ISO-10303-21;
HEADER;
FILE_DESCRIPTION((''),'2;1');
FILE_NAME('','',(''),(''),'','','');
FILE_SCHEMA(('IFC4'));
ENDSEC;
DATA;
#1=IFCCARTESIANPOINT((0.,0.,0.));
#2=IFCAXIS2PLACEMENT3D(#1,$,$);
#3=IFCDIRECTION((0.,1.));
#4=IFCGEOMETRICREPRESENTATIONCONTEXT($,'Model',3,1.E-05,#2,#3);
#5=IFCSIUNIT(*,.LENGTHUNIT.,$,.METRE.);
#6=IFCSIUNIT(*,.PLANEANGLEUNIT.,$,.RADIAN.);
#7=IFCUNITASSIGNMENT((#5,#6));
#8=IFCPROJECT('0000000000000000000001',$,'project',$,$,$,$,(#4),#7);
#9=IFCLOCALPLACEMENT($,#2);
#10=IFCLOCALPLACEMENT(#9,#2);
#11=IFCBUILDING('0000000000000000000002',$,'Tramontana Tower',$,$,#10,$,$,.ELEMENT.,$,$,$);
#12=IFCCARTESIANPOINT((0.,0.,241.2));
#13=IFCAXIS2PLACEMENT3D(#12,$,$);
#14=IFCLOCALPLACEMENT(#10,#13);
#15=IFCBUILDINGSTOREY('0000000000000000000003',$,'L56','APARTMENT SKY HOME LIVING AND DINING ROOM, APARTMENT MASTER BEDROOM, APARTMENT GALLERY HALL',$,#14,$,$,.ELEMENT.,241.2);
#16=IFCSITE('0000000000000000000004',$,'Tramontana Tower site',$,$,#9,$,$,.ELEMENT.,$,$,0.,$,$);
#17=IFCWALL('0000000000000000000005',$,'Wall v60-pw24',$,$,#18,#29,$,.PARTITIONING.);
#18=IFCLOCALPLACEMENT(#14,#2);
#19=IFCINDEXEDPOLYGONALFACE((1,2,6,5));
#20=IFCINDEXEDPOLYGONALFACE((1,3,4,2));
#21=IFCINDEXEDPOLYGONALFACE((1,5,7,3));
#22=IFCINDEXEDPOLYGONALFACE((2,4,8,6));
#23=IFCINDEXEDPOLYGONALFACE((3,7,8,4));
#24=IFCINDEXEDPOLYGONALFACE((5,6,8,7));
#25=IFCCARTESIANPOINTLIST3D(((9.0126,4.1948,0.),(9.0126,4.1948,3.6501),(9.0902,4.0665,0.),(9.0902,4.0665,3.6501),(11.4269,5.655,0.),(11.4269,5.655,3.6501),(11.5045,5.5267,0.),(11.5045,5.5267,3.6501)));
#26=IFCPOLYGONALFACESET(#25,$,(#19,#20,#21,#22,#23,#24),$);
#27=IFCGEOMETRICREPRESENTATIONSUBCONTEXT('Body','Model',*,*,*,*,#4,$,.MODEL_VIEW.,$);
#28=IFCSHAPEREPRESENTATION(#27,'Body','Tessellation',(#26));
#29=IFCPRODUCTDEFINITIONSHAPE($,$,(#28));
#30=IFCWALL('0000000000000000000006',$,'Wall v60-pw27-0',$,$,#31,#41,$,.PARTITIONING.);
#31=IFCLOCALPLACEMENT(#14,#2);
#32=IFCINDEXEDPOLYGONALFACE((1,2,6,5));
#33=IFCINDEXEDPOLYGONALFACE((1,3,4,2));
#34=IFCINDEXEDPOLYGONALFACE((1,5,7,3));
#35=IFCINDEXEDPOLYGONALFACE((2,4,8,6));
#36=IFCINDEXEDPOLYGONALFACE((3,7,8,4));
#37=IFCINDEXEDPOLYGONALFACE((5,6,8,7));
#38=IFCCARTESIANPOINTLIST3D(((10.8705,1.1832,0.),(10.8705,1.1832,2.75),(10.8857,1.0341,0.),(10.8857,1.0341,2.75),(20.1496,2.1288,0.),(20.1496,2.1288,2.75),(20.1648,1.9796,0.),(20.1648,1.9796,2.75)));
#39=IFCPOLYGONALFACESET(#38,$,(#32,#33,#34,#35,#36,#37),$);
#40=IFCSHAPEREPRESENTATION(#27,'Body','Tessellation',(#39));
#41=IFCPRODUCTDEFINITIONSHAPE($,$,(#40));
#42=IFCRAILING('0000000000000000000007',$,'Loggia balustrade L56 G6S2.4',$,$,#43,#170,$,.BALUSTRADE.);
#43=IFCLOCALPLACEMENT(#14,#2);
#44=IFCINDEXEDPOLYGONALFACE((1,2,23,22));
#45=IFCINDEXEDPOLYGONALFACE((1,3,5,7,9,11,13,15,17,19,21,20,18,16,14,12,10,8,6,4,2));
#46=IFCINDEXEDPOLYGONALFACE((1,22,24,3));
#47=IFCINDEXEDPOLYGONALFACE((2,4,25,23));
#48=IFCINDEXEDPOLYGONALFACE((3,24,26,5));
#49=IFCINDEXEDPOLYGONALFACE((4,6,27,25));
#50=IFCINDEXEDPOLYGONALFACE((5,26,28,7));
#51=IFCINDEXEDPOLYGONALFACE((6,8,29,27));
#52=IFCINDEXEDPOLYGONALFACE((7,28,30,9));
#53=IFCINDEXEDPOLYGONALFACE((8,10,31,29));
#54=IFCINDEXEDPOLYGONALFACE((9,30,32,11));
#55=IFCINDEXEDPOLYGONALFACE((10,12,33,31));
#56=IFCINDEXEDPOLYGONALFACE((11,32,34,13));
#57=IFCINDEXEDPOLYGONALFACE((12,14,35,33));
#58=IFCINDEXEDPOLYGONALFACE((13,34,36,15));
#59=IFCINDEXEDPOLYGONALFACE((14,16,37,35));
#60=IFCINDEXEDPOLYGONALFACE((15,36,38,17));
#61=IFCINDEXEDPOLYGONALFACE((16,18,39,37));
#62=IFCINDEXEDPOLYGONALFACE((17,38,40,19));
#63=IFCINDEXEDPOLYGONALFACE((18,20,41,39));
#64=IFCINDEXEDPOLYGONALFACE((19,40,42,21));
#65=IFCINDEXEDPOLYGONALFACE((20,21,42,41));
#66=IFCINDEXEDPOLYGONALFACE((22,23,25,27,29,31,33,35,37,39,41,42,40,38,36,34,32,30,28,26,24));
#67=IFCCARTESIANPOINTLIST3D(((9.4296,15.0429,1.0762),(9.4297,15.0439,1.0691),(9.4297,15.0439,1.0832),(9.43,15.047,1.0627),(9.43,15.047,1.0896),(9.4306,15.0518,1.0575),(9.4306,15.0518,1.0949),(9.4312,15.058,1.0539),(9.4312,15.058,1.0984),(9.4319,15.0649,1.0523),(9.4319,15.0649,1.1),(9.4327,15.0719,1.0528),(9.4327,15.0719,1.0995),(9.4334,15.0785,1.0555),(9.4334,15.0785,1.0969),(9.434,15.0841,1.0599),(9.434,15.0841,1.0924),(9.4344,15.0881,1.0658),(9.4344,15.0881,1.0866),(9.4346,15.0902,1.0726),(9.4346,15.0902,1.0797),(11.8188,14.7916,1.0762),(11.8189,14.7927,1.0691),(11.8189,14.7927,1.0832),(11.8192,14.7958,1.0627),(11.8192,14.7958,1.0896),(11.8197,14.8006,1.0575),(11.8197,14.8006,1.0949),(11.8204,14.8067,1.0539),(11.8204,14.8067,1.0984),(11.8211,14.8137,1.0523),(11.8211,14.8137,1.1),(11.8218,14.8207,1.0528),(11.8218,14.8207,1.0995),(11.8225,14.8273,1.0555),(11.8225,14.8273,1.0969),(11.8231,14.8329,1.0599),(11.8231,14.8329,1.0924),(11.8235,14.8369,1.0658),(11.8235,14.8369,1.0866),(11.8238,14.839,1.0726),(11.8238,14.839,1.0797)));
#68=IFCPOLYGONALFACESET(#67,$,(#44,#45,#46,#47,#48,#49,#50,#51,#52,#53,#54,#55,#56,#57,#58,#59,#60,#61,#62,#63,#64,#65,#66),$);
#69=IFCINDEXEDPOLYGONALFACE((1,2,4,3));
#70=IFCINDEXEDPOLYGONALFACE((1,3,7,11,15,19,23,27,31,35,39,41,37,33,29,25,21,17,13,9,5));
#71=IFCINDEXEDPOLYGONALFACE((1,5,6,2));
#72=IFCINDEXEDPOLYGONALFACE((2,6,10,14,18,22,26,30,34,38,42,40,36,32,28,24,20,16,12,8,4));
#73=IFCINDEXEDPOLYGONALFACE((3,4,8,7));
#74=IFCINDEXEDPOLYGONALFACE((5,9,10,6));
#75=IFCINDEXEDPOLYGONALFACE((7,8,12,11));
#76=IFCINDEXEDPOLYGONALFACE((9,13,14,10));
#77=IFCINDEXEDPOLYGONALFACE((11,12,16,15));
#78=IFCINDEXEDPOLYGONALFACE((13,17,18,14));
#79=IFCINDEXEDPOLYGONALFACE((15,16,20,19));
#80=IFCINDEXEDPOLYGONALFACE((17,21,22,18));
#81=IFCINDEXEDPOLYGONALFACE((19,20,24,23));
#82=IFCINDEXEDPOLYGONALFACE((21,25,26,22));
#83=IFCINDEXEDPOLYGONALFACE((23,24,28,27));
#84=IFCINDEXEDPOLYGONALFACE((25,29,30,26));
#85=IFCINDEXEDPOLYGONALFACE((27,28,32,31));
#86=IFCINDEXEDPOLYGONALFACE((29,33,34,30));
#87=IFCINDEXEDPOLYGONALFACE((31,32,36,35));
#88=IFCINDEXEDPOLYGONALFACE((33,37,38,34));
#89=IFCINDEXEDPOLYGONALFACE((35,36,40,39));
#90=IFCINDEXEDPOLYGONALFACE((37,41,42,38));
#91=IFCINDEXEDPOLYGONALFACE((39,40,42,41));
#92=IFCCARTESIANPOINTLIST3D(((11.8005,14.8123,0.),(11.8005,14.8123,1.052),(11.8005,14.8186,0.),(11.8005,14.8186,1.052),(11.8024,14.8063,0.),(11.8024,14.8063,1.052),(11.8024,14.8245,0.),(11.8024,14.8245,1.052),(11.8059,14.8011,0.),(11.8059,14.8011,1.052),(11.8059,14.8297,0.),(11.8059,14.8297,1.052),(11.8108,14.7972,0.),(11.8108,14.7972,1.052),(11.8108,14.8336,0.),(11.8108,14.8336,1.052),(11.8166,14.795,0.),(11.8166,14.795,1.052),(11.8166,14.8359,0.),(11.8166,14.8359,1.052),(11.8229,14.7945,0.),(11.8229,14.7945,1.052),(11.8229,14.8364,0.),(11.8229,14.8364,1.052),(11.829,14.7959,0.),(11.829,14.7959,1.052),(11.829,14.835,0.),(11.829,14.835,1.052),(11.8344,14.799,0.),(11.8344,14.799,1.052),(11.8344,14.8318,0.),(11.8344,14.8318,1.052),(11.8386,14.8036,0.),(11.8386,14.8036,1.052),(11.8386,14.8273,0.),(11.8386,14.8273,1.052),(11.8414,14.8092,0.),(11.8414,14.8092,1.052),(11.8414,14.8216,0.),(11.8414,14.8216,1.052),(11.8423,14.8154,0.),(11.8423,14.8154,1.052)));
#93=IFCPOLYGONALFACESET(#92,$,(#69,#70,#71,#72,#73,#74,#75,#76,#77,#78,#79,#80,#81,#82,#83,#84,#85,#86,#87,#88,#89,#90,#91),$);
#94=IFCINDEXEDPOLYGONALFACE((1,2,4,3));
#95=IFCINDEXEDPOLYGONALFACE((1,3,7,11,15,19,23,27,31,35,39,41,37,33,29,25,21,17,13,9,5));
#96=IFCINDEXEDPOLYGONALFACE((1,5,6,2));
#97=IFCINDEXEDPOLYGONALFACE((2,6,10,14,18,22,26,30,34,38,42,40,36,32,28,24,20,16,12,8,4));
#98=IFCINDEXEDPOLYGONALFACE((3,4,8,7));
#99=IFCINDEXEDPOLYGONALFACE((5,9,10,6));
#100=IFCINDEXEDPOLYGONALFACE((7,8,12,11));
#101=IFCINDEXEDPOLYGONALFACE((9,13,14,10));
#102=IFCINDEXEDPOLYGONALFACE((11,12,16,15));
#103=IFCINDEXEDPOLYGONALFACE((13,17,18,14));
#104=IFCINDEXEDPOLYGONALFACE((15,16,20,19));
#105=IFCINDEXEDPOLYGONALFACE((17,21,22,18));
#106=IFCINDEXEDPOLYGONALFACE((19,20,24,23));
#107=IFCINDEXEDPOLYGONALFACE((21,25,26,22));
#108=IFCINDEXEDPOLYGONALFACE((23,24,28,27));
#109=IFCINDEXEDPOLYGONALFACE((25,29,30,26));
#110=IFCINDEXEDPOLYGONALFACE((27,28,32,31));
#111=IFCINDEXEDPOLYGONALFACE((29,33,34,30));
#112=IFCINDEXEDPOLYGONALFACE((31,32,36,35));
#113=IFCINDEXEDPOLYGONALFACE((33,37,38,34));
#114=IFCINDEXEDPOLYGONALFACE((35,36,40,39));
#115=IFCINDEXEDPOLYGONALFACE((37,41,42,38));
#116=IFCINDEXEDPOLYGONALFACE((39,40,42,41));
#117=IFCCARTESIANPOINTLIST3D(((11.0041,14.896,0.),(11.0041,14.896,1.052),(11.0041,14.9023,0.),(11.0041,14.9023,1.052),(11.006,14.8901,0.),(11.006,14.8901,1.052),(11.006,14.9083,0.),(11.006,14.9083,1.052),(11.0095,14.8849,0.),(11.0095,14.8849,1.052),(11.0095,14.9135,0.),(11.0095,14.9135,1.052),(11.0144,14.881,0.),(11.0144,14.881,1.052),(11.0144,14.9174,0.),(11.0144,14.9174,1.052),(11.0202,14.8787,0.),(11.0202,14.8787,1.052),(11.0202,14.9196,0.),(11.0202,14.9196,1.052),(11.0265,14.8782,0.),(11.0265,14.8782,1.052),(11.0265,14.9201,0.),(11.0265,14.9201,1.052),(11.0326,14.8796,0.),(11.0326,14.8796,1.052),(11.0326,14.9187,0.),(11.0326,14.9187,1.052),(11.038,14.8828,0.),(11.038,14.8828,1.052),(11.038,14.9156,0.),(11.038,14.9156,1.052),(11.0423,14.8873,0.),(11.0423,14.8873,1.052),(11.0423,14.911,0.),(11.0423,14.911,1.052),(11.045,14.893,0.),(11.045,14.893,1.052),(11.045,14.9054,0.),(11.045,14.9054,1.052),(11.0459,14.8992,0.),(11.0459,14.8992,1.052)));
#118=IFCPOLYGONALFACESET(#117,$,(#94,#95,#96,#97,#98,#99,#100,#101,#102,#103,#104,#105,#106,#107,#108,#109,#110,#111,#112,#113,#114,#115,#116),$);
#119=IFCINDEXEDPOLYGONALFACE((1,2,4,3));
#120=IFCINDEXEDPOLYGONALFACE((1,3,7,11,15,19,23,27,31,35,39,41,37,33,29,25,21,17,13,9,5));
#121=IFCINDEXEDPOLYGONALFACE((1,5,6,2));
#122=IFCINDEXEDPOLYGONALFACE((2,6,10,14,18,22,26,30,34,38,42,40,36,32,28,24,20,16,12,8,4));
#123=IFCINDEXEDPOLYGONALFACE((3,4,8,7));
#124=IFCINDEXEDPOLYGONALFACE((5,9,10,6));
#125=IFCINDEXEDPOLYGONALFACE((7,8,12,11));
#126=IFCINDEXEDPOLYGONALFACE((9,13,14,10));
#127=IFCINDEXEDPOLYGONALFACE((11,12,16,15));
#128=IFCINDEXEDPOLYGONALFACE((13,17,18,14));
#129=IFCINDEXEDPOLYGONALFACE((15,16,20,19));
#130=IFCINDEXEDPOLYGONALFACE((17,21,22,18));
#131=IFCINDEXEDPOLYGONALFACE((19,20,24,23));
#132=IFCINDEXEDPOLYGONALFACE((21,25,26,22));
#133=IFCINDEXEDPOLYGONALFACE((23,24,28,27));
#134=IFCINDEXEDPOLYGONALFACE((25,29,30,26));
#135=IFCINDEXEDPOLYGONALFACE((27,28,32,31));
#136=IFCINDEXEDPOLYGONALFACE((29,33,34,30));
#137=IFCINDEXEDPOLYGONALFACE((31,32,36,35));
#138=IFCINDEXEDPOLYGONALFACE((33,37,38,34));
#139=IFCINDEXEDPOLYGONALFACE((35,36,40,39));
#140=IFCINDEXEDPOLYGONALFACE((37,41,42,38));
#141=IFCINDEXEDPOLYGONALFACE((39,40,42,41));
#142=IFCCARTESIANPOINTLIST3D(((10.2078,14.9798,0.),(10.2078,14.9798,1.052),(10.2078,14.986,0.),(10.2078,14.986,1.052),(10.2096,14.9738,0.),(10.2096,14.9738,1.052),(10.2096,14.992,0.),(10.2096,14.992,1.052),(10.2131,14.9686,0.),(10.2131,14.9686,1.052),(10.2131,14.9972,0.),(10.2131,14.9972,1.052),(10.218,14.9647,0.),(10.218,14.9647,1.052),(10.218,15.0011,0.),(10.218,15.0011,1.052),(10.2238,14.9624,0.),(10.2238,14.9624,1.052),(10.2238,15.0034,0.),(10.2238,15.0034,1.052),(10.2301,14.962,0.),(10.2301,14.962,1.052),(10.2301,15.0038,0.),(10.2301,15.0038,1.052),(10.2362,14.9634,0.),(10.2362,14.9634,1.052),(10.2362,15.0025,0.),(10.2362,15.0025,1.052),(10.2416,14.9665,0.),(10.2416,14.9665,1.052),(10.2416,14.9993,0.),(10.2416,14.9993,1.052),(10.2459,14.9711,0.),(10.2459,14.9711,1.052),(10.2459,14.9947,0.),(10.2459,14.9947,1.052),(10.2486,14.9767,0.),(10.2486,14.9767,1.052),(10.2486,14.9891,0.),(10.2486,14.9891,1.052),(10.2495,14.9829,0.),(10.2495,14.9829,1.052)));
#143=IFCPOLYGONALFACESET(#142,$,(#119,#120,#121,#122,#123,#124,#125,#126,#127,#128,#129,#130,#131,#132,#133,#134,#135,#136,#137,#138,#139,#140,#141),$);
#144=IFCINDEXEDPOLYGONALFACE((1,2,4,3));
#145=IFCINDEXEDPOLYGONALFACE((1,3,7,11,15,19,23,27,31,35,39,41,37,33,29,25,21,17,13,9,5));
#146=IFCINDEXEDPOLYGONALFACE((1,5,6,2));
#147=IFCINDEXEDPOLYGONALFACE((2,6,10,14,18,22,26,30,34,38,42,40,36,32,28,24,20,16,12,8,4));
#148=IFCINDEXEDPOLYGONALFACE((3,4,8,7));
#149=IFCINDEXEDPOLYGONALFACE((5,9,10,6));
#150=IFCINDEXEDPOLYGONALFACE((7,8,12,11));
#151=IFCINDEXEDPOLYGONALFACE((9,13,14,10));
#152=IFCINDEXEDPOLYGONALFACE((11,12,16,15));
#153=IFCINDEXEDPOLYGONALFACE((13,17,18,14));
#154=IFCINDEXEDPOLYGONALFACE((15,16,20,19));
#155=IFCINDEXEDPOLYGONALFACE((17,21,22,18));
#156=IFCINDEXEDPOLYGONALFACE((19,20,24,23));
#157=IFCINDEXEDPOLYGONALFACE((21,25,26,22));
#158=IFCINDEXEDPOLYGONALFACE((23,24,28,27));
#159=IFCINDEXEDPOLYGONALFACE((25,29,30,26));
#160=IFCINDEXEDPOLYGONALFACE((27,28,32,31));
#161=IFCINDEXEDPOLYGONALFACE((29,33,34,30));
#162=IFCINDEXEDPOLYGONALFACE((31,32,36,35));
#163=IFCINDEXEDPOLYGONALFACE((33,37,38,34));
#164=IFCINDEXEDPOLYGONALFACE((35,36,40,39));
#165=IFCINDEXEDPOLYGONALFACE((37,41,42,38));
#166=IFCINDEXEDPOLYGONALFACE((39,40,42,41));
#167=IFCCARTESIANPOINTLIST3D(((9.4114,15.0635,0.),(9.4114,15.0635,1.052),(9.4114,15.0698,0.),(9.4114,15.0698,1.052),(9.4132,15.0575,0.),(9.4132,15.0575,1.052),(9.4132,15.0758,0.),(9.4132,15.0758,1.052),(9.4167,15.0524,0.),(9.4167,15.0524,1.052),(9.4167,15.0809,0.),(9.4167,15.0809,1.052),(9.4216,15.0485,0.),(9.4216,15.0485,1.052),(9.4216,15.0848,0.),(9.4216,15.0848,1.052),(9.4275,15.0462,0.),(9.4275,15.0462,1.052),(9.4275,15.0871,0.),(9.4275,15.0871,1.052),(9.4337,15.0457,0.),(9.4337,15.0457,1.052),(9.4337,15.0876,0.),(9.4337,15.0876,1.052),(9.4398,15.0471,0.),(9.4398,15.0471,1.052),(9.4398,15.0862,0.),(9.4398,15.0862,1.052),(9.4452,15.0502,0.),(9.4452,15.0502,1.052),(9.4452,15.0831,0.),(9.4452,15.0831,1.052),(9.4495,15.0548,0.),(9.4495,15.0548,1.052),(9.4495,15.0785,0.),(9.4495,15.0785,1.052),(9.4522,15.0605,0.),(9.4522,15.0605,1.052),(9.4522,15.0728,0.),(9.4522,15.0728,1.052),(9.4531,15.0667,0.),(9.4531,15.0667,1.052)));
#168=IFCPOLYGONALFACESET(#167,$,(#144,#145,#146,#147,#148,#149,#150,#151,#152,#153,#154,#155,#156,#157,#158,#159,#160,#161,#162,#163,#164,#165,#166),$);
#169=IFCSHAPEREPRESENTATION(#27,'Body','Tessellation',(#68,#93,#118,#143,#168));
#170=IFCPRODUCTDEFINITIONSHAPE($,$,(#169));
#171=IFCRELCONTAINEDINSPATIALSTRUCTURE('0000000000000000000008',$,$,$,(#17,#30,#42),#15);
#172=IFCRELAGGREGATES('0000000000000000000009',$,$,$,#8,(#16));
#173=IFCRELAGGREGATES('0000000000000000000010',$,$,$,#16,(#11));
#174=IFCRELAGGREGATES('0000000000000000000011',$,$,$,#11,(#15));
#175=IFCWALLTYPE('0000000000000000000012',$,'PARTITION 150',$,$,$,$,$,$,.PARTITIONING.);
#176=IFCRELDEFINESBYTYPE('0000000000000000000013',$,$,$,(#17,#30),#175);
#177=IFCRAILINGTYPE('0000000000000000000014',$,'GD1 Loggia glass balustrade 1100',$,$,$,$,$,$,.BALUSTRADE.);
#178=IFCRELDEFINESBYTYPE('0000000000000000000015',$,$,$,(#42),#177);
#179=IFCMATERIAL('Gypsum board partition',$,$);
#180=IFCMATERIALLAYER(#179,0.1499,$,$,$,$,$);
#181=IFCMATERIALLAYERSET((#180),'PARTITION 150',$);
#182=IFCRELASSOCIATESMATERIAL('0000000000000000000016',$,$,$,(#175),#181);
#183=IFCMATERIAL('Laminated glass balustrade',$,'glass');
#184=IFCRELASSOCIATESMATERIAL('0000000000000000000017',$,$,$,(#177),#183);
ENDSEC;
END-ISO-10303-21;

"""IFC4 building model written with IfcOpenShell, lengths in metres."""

from ifc_helpers import new_model, si_unit, direction, frame, frame_2d, origin, origin_2d, place, context, subcontext, project, spatial, rectangle, circle, extrude, material, layer, layer_set, type_object, element, save


model = new_model("IFC4")

# Units and contexts
model_context = context("Model", 3, precision=1e-05, world=origin(), true_north=direction((0.0, 1.0)))
body_context = subcontext(model_context, "Body", "Model", "MODEL_VIEW")
ifc_project = project(units=[si_unit("LENGTHUNIT", "METRE"), si_unit("PLANEANGLEUNIT", "RADIAN")], contexts=[model_context])

# Site, building, storey
site_placement = place(None, origin())
site = spatial("IfcSite", under=ifc_project, at=site_placement, Name="Tramontana Tower site", CompositionType="ELEMENT", RefElevation=0.0)
building_placement = place(site_placement, origin())
building = spatial("IfcBuilding", under=site, at=building_placement, Name="Tramontana Tower", CompositionType="ELEMENT")
storey_placement = place(building_placement, frame((0.0, 0.0, 241.2)))
storey = spatial("IfcBuildingStorey", under=building, at=storey_placement, Name="L56", Description="APARTMENT SKY HOME LIVING AND DINING ROOM, APARTMENT MASTER BEDROOM, APARTMENT GALLERY HALL", CompositionType="ELEMENT", Elevation=241.2)

# Shared definitions
ifc_material_1 = material(Name="Gypsum board partition")
ifc_layer_1 = layer(ifc_material_1, 0.1499)
ifc_layer_set_1 = layer_set([ifc_layer_1], Name="PARTITION 150")
wall_type_1 = type_object("IfcWallType", Name="PARTITION 150", PredefinedType="PARTITIONING", material=ifc_layer_set_1)

# Walls
wall_1_placement = place(storey_placement, frame((11.4656, 5.5908, 0.0), z_axis=(0.0, 0.0, 1.0), x_axis=(-0.855671, -0.517521, 0.0)))
element("IfcWall", 1, at=wall_1_placement, inside=storey, type_object=wall_type_1, Name="Wall v60-pw24", PredefinedType="PARTITIONING", context=body_context, shape_type="SweptSolid", body=[
    extrude(rectangle(XDim=2.8215, YDim=0.1499, at=frame_2d((1.4106, 0.0))), origin(), (0.0, 0.0, 1.0), 3.6501),
])
wall_2_placement = place(storey_placement, frame((20.1572, 2.0542, 0.0), z_axis=(0.0, 0.0, 1.0), x_axis=(-0.994848, -0.101377, 0.0)))
element("IfcWall", 2, at=wall_2_placement, inside=storey, type_object=wall_type_1, Name="Wall v60-pw27-0", PredefinedType="PARTITIONING", context=body_context, shape_type="SweptSolid", body=[
    extrude(rectangle(XDim=9.3271, YDim=0.1499, at=frame_2d((4.6636, 0.0))), origin(), (0.0, 0.0, 1.0), 2.75),
])

# Railing
ifc_material_2 = material(Name="Laminated glass balustrade", Category="glass")
railing_type = type_object("IfcRailingType", Name="GD1 Loggia glass balustrade 1100", PredefinedType="BALUSTRADE", material=ifc_material_2)
railing_placement = place(storey_placement, frame((11.8213, 14.8154, 0.0)))
element("IfcRailing", 3, at=railing_placement, inside=storey, type_object=railing_type, Name="Loggia balustrade L56 G6S2.4", PredefinedType="BALUSTRADE", context=body_context, shape_type="SweptSolid", body=[
    extrude(circle(Radius=0.0239, at=origin_2d()), frame((0.0, 0.0, 1.0762), z_axis=(-0.994517, 0.104574, 0.0), x_axis=(-0.104574, -0.994517, 0.0)), (0.0, 0.0, 1.0), 2.4023),
    extrude(circle(Radius=0.021, at=origin_2d()), origin(), (0.0, 0.0, 1.0), 1.052),
    extrude(circle(Radius=0.021, at=origin_2d()), frame((-0.7964, 0.0837, 0.0)), (0.0, 0.0, 1.0), 1.052),
    extrude(circle(Radius=0.021, at=origin_2d()), frame((-1.5928, 0.1675, 0.0)), (0.0, 0.0, 1.0), 1.052),
    extrude(circle(Radius=0.021, at=origin_2d()), frame((-2.3892, 0.2512, 0.0)), (0.0, 0.0, 1.0), 1.052),
])

save(model, "model.ifc")
